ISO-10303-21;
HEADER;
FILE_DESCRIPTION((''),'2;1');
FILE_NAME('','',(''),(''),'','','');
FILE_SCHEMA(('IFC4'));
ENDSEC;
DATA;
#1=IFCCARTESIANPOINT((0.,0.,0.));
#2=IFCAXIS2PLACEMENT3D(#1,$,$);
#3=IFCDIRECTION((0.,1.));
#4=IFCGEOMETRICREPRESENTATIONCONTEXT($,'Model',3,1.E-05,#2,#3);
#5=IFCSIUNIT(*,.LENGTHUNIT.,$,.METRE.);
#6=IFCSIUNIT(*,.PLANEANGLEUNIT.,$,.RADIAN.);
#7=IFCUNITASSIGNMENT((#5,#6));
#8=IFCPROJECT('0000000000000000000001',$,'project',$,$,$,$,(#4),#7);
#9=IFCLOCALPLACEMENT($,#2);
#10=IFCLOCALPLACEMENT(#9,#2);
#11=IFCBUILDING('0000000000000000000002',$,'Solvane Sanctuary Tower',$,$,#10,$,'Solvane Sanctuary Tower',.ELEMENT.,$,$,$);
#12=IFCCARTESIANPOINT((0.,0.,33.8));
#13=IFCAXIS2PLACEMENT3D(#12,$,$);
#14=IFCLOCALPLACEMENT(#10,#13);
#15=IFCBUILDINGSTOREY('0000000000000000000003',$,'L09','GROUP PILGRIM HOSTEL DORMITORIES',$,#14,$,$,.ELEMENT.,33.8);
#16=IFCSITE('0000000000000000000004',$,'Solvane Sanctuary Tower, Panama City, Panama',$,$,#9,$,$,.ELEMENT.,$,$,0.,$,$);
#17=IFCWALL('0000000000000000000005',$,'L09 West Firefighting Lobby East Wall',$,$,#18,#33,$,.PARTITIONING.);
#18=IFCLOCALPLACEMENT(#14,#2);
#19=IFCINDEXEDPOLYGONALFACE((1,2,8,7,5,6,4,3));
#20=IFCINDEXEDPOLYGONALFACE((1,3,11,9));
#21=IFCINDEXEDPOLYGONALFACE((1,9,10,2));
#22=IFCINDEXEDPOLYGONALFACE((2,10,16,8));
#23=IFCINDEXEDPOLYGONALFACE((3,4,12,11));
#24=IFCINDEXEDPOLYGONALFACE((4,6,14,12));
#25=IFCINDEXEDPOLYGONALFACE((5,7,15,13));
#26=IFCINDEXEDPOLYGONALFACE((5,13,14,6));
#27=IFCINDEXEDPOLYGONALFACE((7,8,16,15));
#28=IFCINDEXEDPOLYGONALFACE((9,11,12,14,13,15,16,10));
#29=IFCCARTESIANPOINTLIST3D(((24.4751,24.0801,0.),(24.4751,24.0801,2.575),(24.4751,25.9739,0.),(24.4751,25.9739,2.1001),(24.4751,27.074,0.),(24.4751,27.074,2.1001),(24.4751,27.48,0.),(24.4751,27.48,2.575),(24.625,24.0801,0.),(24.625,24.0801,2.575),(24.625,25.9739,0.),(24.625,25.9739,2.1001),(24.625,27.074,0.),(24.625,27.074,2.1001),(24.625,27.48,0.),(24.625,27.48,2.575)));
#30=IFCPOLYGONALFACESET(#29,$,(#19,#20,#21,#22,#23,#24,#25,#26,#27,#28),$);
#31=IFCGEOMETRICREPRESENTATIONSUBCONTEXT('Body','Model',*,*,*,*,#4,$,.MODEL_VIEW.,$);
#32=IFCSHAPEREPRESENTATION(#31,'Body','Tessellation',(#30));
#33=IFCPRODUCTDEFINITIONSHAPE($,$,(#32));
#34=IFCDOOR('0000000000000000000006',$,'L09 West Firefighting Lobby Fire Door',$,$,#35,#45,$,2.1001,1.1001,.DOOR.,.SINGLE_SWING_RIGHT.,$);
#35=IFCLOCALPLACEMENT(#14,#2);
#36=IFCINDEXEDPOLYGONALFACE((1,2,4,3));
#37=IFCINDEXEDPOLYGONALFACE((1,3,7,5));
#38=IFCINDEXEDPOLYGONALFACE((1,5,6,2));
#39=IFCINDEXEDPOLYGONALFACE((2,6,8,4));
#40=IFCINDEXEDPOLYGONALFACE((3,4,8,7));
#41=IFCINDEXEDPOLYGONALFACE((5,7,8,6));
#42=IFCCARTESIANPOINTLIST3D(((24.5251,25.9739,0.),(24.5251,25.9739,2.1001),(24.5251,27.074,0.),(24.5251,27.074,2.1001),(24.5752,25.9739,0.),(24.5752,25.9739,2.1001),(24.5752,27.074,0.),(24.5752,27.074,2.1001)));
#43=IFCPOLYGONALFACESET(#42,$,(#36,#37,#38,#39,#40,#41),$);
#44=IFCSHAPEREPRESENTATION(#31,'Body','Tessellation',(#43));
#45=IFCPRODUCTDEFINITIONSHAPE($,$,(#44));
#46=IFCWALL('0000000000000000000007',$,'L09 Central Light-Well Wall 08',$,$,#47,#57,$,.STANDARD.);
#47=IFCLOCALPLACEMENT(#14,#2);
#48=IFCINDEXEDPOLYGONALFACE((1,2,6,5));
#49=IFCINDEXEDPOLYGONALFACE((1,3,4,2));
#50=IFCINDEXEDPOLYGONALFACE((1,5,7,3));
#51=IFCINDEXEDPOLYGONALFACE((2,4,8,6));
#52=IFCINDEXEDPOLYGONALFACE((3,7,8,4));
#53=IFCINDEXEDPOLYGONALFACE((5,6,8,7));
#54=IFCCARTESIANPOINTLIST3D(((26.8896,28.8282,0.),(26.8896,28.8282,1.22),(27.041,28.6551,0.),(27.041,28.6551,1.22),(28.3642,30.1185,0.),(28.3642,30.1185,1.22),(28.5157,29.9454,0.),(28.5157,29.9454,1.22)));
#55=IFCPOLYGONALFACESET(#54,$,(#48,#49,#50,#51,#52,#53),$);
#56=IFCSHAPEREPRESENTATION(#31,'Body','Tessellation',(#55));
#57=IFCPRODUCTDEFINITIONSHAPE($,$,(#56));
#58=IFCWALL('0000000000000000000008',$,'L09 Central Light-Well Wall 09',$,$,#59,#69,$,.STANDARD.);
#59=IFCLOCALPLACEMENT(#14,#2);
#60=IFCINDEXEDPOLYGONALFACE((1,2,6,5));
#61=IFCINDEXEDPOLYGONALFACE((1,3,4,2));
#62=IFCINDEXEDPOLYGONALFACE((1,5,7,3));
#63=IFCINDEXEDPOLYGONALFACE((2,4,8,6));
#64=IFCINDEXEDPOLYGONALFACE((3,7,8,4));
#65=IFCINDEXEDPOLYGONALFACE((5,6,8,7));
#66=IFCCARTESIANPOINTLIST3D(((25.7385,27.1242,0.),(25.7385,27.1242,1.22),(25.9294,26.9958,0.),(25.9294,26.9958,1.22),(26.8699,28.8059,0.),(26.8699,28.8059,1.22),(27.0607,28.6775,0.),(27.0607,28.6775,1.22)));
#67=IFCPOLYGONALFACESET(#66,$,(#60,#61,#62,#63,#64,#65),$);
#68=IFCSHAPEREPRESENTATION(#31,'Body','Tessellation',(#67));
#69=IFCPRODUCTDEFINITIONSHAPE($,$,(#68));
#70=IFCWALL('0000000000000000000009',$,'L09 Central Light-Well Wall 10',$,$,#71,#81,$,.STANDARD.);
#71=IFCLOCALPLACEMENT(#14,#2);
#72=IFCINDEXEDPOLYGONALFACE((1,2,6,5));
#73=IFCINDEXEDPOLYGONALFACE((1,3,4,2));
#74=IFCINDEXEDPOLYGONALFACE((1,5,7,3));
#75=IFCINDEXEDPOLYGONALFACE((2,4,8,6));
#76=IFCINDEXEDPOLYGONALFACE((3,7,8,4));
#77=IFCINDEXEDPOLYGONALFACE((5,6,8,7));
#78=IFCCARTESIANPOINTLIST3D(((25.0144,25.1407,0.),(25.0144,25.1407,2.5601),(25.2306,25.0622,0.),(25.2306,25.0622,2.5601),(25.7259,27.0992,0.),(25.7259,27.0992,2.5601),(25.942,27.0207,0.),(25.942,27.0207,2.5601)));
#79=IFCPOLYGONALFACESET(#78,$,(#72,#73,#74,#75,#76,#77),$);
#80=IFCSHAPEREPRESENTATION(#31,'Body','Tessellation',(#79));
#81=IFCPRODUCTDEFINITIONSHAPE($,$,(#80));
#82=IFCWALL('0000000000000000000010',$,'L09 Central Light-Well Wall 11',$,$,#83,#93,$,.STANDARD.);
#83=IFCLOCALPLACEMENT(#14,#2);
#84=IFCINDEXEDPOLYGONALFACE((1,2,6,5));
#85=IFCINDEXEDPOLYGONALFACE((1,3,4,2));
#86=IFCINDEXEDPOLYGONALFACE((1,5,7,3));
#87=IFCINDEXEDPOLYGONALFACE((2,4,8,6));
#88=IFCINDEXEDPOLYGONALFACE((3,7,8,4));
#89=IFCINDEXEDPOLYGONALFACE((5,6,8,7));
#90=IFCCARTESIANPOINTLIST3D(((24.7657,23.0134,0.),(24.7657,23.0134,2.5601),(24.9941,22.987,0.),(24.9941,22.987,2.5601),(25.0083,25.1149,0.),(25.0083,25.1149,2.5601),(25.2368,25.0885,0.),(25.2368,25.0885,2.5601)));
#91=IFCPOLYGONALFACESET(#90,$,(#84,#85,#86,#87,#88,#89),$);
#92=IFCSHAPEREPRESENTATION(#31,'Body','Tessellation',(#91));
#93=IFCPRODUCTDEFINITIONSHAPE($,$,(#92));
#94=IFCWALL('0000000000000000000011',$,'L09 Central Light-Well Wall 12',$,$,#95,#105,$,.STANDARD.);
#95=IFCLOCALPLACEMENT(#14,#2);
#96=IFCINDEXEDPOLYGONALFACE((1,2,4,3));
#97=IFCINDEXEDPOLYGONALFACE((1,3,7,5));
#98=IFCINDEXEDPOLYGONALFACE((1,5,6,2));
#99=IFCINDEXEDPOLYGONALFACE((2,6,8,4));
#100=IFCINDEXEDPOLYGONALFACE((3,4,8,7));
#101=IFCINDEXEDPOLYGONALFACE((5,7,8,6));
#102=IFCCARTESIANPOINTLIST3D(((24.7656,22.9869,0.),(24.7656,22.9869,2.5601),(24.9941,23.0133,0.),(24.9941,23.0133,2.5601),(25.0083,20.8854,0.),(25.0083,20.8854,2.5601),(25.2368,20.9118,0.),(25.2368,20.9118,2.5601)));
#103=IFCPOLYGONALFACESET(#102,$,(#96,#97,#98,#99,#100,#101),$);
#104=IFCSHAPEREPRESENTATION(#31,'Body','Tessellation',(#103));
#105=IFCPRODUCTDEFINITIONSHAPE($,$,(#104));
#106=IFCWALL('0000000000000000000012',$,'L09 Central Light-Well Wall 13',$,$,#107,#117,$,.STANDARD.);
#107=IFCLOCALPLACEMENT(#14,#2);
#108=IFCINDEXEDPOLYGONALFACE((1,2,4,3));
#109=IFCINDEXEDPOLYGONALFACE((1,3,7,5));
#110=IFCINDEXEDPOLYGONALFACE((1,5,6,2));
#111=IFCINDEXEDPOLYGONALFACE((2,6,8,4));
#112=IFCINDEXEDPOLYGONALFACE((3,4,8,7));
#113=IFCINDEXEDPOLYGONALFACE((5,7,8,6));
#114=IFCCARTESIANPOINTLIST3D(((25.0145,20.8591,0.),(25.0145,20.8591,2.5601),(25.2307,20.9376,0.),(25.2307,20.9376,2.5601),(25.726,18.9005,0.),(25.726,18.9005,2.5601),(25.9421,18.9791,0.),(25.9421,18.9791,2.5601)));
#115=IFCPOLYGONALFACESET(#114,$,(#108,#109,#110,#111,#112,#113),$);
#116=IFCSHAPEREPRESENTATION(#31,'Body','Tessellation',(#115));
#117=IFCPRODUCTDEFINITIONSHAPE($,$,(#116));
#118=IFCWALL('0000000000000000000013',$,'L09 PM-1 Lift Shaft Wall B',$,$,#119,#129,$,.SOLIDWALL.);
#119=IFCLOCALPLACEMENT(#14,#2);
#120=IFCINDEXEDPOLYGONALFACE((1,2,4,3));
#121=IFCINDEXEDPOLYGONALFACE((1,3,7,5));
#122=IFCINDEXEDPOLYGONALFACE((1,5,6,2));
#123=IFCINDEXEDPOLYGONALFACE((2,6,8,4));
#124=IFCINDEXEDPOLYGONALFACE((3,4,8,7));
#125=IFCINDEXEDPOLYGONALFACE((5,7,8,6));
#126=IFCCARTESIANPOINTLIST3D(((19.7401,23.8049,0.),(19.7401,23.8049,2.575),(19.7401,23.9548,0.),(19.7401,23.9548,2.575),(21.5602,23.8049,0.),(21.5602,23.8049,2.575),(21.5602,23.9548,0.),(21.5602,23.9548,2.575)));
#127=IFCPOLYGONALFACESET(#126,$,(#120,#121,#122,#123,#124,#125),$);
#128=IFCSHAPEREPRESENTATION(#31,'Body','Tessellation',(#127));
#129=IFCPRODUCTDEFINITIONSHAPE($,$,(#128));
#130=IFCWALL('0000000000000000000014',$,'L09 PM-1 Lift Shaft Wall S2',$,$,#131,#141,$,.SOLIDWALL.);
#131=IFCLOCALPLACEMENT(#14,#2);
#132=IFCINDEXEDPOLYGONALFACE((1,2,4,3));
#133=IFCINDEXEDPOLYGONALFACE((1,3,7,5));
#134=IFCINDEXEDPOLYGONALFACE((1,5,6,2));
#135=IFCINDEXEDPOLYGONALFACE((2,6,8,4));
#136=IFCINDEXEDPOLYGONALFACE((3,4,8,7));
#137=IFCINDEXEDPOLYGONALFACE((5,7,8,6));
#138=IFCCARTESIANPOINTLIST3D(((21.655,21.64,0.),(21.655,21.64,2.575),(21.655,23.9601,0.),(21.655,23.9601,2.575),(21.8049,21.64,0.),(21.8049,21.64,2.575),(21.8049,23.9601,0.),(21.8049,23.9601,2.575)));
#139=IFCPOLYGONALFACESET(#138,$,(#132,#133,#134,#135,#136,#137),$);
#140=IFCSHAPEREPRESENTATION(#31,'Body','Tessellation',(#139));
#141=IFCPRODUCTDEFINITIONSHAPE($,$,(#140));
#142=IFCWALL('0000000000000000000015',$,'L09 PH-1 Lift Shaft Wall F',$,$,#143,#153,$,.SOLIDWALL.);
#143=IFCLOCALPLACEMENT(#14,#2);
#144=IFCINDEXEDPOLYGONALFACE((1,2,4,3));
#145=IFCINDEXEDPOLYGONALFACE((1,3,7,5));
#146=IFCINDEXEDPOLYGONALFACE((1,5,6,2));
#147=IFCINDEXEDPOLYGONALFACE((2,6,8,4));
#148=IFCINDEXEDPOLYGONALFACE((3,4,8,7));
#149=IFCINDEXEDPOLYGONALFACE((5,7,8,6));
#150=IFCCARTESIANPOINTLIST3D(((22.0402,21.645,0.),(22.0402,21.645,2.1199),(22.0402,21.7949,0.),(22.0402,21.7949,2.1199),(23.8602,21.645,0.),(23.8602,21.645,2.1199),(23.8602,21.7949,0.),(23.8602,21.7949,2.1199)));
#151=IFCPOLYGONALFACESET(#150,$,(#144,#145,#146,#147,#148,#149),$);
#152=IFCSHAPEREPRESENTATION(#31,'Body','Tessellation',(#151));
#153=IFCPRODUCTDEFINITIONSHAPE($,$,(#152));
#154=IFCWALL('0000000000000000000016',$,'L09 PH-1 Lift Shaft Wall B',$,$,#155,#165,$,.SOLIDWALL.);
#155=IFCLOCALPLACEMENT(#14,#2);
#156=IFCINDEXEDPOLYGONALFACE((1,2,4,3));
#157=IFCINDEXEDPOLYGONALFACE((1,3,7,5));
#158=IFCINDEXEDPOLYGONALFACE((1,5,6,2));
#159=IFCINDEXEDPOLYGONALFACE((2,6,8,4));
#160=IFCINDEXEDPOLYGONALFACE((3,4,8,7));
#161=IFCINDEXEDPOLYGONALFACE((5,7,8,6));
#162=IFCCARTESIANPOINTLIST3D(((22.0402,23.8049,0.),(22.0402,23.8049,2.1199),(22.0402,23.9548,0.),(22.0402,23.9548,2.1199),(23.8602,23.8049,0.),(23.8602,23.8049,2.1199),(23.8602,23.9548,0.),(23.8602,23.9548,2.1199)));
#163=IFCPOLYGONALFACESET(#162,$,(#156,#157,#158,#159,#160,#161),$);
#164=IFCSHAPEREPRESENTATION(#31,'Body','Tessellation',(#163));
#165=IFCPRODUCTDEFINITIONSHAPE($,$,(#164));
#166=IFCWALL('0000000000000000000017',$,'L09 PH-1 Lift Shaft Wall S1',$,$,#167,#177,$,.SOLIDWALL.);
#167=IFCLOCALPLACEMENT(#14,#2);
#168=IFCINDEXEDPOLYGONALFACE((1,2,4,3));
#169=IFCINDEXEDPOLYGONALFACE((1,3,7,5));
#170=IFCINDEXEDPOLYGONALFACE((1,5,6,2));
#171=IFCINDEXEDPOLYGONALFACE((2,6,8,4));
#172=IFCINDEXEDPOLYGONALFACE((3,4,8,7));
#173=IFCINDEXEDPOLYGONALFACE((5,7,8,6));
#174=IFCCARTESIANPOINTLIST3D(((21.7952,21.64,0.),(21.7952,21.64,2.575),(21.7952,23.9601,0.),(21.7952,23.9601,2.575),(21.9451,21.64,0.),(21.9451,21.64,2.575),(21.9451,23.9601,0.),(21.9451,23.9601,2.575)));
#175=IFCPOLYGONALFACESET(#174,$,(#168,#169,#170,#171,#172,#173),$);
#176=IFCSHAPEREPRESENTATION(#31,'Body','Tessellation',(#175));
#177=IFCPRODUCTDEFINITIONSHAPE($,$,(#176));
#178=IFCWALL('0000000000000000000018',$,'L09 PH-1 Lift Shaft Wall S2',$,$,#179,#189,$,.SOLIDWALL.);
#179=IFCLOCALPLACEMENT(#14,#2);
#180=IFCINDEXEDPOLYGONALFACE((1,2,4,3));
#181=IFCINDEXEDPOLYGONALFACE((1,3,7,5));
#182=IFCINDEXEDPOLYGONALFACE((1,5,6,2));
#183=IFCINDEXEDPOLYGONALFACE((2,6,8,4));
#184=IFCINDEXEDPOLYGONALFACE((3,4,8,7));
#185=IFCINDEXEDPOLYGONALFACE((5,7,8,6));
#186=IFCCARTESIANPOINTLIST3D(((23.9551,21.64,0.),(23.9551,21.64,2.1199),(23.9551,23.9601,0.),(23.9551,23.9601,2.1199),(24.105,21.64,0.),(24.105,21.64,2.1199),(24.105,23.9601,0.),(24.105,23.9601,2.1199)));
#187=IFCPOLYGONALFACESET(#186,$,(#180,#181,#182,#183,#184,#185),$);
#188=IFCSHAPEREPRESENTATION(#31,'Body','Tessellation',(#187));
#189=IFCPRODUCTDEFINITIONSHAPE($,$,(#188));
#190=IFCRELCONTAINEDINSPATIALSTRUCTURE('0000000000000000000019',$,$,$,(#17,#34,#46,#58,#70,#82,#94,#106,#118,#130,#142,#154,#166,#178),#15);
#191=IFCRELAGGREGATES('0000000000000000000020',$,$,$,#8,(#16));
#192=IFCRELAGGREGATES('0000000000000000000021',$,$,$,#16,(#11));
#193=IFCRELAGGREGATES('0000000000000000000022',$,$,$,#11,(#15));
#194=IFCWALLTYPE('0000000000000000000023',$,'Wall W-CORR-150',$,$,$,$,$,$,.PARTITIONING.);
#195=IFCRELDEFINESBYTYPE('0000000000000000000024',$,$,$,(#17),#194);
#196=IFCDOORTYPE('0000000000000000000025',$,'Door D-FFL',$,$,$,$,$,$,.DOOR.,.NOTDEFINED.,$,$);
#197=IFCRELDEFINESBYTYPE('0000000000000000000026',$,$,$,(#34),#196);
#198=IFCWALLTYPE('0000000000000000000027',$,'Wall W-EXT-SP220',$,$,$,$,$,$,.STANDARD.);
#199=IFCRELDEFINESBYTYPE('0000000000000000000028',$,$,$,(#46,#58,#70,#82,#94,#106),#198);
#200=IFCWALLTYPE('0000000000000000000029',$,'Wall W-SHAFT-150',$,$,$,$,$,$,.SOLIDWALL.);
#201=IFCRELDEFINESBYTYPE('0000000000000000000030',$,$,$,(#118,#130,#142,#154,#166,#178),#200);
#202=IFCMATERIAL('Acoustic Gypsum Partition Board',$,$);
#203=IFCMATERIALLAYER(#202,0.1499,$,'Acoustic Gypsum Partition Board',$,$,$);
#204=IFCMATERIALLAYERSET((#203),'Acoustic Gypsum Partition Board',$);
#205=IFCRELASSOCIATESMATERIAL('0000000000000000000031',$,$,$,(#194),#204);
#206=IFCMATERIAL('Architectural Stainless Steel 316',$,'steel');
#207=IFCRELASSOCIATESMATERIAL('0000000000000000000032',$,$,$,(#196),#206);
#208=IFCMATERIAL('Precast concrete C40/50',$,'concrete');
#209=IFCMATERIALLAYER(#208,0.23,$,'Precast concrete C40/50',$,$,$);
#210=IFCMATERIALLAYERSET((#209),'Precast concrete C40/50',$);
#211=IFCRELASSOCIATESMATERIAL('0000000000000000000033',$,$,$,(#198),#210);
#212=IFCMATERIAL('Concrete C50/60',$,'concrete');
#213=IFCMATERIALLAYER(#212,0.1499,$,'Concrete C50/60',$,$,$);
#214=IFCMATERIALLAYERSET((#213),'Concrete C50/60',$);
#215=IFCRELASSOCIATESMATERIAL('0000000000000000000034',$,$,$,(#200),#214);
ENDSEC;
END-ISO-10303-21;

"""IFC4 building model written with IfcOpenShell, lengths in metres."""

from ifc_helpers import new_model, si_unit, direction, frame, frame_2d, origin, place, context, subcontext, project, spatial, rectangle, extrude, material, layer, layer_set, type_object, element, fill, save


model = new_model("IFC4")

# Units and contexts
model_context = context("Model", 3, precision=1e-05, world=origin(), true_north=direction((0.0, 1.0)))
body_context = subcontext(model_context, "Body", "Model", "MODEL_VIEW")
ifc_project = project(units=[si_unit("LENGTHUNIT", "METRE"), si_unit("PLANEANGLEUNIT", "RADIAN")], contexts=[model_context])

# Site, building, storey
site_placement = place(None, origin())
site = spatial("IfcSite", under=ifc_project, at=site_placement, Name="Solvane Sanctuary Tower, Panama City, Panama", CompositionType="ELEMENT", RefElevation=0.0)
building_placement = place(site_placement, origin())
building = spatial("IfcBuilding", under=site, at=building_placement, Name="Solvane Sanctuary Tower", LongName="Solvane Sanctuary Tower", CompositionType="ELEMENT")
storey_placement = place(building_placement, frame((0.0, 0.0, 33.8)))
storey = spatial("IfcBuildingStorey", under=building, at=storey_placement, Name="L09", Description="GROUP PILGRIM HOSTEL DORMITORIES", CompositionType="ELEMENT", Elevation=33.8)

# Wall, opening, door
ifc_material_1 = material(Name="Acoustic Gypsum Partition Board")
ifc_layer_1 = layer(ifc_material_1, 0.1499, Name="Acoustic Gypsum Partition Board")
ifc_layer_set_1 = layer_set([ifc_layer_1], Name="Acoustic Gypsum Partition Board")
wall_type_1 = type_object("IfcWallType", Name="Wall W-CORR-150", PredefinedType="PARTITIONING", material=ifc_layer_set_1)
wall_1_placement = place(storey_placement, frame((24.55, 24.0801, 0.0), z_axis=(0.0, 0.0, 1.0), x_axis=(0.0, 1.0, 0.0)))
wall_1 = element("IfcWall", 1, at=wall_1_placement, inside=storey, type_object=wall_type_1, Name="L09 West Firefighting Lobby East Wall", PredefinedType="PARTITIONING", context=body_context, shape_type="SweptSolid", body=[
    extrude(rectangle(XDim=3.3999, YDim=0.1499, at=frame_2d((1.7, 0.0))), origin(), (0.0, 0.0, 1.0), 2.575),
])
opening_1_placement = place(wall_1_placement, frame((1.8938, 0.0, 0.0)))
opening_1 = element("IfcOpeningElement", 2, at=opening_1_placement, cuts=wall_1, PredefinedType="OPENING", context=body_context, shape_type="SweptSolid", body=[
    extrude(rectangle(XDim=1.1001, YDim=2.1001, at=frame_2d((0.55, 1.05))), frame((0.0, 0.085, 0.0), z_axis=(0.0, -1.0, 0.0), x_axis=(1.0, 0.0, 0.0)), (0.0, 0.0, 1.0), 0.1699),
])
ifc_material_2 = material(Name="Architectural Stainless Steel 316", Category="steel")
door_type_1 = type_object("IfcDoorType", Name="Door D-FFL", OperationType="NOTDEFINED", PredefinedType="DOOR", material=ifc_material_2)
door_1_placement = place(opening_1_placement, origin())
door_1 = element("IfcDoor", 3, at=door_1_placement, inside=storey, type_object=door_type_1, Name="L09 West Firefighting Lobby Fire Door", OperationType="SINGLE_SWING_RIGHT", OverallHeight=2.1001, OverallWidth=1.1001, PredefinedType="DOOR", context=body_context, shape_type="SweptSolid", body=[
    extrude(rectangle(XDim=1.1001, YDim=2.1001, at=frame_2d((0.55, 1.05))), frame((0.0, 0.0249, 0.0), z_axis=(0.0, -1.0, 0.0), x_axis=(1.0, 0.0, 0.0)), (0.0, 0.0, 1.0), 0.05),
])
fill(opening_1, door_1)

# Walls
ifc_material_3 = material(Name="Precast concrete C40/50", Category="concrete")
ifc_layer_2 = layer(ifc_material_3, 0.23, Name="Precast concrete C40/50")
ifc_layer_set_2 = layer_set([ifc_layer_2], Name="Precast concrete C40/50")
wall_type_2 = type_object("IfcWallType", Name="Wall W-EXT-SP220", PredefinedType="STANDARD", material=ifc_layer_set_2)
wall_2_placement = place(storey_placement, frame((28.4399, 30.032, 0.0), z_axis=(0.0, 0.0, 1.0), x_axis=(-0.752577, -0.658505, 0.0)))
element("IfcWall", 4, at=wall_2_placement, inside=storey, type_object=wall_type_2, Name="L09 Central Light-Well Wall 08", PredefinedType="STANDARD", context=body_context, shape_type="SweptSolid", body=[
    extrude(rectangle(XDim=1.9595, YDim=0.23, at=frame_2d((0.9797, 0.0))), origin(), (0.0, 0.0, 1.0), 1.22),
])
wall_3_placement = place(storey_placement, frame((26.9653, 28.7417, 0.0), z_axis=(0.0, 0.0, 1.0), x_axis=(-0.558198, -0.829708, 0.0)))
element("IfcWall", 5, at=wall_3_placement, inside=storey, type_object=wall_type_2, Name="L09 Central Light-Well Wall 09", PredefinedType="STANDARD", context=body_context, shape_type="SweptSolid", body=[
    extrude(rectangle(XDim=2.0269, YDim=0.23, at=frame_2d((1.0134, 0.0))), origin(), (0.0, 0.0, 1.0), 1.22),
])
wall_4_placement = place(storey_placement, frame((25.834, 27.0601, 0.0), z_axis=(0.0, 0.0, 1.0), x_axis=(-0.341423, -0.93991, 0.0)))
element("IfcWall", 6, at=wall_4_placement, inside=storey, type_object=wall_type_2, Name="L09 Central Light-Well Wall 10", PredefinedType="STANDARD", context=body_context, shape_type="SweptSolid", body=[
    extrude(rectangle(XDim=2.0837, YDim=0.23, at=frame_2d((1.042, 0.0))), origin(), (0.0, 0.0, 1.0), 2.5601),
])
for number, where, z_axis, x_axis, name in (
    (7, (25.1226, 25.1016, 0.0), (0.0, 0.0, 1.0), (-0.114712, -0.993399, 0.0), "L09 Central Light-Well Wall 11"),
    (8, (24.8799, 23.0, 0.0), (0.0, 0.0, 1.0), (0.114712, -0.993399, 0.0), "L09 Central Light-Well Wall 12"),
):
    element("IfcWall", number, at=place(storey_placement, frame(where, z_axis=z_axis, x_axis=x_axis)), inside=storey, type_object=wall_type_2, Name=name, PredefinedType="STANDARD", context=body_context, shape_type="SweptSolid", body=[
        extrude(rectangle(XDim=2.1155, YDim=0.23, at=frame_2d((1.0576, 0.0))), origin(), (0.0, 0.0, 1.0), 2.5601),
    ])
wall_5_placement = place(storey_placement, frame((25.1226, 20.8984, 0.0), z_axis=(0.0, 0.0, 1.0), x_axis=(0.341423, -0.93991, 0.0)))
element("IfcWall", 9, at=wall_5_placement, inside=storey, type_object=wall_type_2, Name="L09 Central Light-Well Wall 13", PredefinedType="STANDARD", context=body_context, shape_type="SweptSolid", body=[
    extrude(rectangle(XDim=2.0837, YDim=0.23, at=frame_2d((1.042, 0.0))), origin(), (0.0, 0.0, 1.0), 2.5601),
])
ifc_material_4 = material(Name="Concrete C50/60", Category="concrete")
ifc_layer_3 = layer(ifc_material_4, 0.1499, Name="Concrete C50/60")
ifc_layer_set_3 = layer_set([ifc_layer_3], Name="Concrete C50/60")
wall_type_3 = type_object("IfcWallType", Name="Wall W-SHAFT-150", PredefinedType="SOLIDWALL", material=ifc_layer_set_3)
wall_6_placement = place(storey_placement, frame((19.74, 23.8799, 0.0), z_axis=(0.0, 0.0, 1.0), x_axis=(1.0, 0.0, 0.0)))
element("IfcWall", 10, at=wall_6_placement, inside=storey, type_object=wall_type_3, Name="L09 PM-1 Lift Shaft Wall B", PredefinedType="SOLIDWALL", context=body_context, shape_type="SweptSolid", body=[
    extrude(rectangle(XDim=1.8201, YDim=0.1499, at=frame_2d((0.9102, 0.0))), origin(), (0.0, 0.0, 1.0), 2.575),
])
wall_7_placement = place(storey_placement, frame((21.73, 21.6399, 0.0), z_axis=(0.0, 0.0, 1.0), x_axis=(0.0, 1.0, 0.0)))
element("IfcWall", 11, at=wall_7_placement, inside=storey, type_object=wall_type_3, Name="L09 PM-1 Lift Shaft Wall S2", PredefinedType="SOLIDWALL", context=body_context, shape_type="SweptSolid", body=[
    extrude(rectangle(XDim=2.3201, YDim=0.1499, at=frame_2d((1.1602, 0.0))), origin(), (0.0, 0.0, 1.0), 2.575),
])
for number, where, z_axis, x_axis, name in (
    (12, (22.04, 21.72, 0.0), (0.0, 0.0, 1.0), (1.0, 0.0, 0.0), "L09 PH-1 Lift Shaft Wall F"),
    (13, (22.04, 23.8799, 0.0), (0.0, 0.0, 1.0), (1.0, 0.0, 0.0), "L09 PH-1 Lift Shaft Wall B"),
):
    element("IfcWall", number, at=place(storey_placement, frame(where, z_axis=z_axis, x_axis=x_axis)), inside=storey, type_object=wall_type_3, Name=name, PredefinedType="SOLIDWALL", context=body_context, shape_type="SweptSolid", body=[
        extrude(rectangle(XDim=1.8201, YDim=0.1499, at=frame_2d((0.9102, 0.0))), origin(), (0.0, 0.0, 1.0), 2.1199),
    ])
wall_8_placement = place(storey_placement, frame((21.8701, 21.6399, 0.0), z_axis=(0.0, 0.0, 1.0), x_axis=(0.0, 1.0, 0.0)))
element("IfcWall", 14, at=wall_8_placement, inside=storey, type_object=wall_type_3, Name="L09 PH-1 Lift Shaft Wall S1", PredefinedType="SOLIDWALL", context=body_context, shape_type="SweptSolid", body=[
    extrude(rectangle(XDim=2.3201, YDim=0.1499, at=frame_2d((1.1602, 0.0))), origin(), (0.0, 0.0, 1.0), 2.575),
])
wall_9_placement = place(storey_placement, frame((24.03, 21.6399, 0.0), z_axis=(0.0, 0.0, 1.0), x_axis=(0.0, 1.0, 0.0)))
element("IfcWall", 15, at=wall_9_placement, inside=storey, type_object=wall_type_3, Name="L09 PH-1 Lift Shaft Wall S2", PredefinedType="SOLIDWALL", context=body_context, shape_type="SweptSolid", body=[
    extrude(rectangle(XDim=2.3201, YDim=0.1499, at=frame_2d((1.1602, 0.0))), origin(), (0.0, 0.0, 1.0), 2.1199),
])

save(model, "model.ifc")
